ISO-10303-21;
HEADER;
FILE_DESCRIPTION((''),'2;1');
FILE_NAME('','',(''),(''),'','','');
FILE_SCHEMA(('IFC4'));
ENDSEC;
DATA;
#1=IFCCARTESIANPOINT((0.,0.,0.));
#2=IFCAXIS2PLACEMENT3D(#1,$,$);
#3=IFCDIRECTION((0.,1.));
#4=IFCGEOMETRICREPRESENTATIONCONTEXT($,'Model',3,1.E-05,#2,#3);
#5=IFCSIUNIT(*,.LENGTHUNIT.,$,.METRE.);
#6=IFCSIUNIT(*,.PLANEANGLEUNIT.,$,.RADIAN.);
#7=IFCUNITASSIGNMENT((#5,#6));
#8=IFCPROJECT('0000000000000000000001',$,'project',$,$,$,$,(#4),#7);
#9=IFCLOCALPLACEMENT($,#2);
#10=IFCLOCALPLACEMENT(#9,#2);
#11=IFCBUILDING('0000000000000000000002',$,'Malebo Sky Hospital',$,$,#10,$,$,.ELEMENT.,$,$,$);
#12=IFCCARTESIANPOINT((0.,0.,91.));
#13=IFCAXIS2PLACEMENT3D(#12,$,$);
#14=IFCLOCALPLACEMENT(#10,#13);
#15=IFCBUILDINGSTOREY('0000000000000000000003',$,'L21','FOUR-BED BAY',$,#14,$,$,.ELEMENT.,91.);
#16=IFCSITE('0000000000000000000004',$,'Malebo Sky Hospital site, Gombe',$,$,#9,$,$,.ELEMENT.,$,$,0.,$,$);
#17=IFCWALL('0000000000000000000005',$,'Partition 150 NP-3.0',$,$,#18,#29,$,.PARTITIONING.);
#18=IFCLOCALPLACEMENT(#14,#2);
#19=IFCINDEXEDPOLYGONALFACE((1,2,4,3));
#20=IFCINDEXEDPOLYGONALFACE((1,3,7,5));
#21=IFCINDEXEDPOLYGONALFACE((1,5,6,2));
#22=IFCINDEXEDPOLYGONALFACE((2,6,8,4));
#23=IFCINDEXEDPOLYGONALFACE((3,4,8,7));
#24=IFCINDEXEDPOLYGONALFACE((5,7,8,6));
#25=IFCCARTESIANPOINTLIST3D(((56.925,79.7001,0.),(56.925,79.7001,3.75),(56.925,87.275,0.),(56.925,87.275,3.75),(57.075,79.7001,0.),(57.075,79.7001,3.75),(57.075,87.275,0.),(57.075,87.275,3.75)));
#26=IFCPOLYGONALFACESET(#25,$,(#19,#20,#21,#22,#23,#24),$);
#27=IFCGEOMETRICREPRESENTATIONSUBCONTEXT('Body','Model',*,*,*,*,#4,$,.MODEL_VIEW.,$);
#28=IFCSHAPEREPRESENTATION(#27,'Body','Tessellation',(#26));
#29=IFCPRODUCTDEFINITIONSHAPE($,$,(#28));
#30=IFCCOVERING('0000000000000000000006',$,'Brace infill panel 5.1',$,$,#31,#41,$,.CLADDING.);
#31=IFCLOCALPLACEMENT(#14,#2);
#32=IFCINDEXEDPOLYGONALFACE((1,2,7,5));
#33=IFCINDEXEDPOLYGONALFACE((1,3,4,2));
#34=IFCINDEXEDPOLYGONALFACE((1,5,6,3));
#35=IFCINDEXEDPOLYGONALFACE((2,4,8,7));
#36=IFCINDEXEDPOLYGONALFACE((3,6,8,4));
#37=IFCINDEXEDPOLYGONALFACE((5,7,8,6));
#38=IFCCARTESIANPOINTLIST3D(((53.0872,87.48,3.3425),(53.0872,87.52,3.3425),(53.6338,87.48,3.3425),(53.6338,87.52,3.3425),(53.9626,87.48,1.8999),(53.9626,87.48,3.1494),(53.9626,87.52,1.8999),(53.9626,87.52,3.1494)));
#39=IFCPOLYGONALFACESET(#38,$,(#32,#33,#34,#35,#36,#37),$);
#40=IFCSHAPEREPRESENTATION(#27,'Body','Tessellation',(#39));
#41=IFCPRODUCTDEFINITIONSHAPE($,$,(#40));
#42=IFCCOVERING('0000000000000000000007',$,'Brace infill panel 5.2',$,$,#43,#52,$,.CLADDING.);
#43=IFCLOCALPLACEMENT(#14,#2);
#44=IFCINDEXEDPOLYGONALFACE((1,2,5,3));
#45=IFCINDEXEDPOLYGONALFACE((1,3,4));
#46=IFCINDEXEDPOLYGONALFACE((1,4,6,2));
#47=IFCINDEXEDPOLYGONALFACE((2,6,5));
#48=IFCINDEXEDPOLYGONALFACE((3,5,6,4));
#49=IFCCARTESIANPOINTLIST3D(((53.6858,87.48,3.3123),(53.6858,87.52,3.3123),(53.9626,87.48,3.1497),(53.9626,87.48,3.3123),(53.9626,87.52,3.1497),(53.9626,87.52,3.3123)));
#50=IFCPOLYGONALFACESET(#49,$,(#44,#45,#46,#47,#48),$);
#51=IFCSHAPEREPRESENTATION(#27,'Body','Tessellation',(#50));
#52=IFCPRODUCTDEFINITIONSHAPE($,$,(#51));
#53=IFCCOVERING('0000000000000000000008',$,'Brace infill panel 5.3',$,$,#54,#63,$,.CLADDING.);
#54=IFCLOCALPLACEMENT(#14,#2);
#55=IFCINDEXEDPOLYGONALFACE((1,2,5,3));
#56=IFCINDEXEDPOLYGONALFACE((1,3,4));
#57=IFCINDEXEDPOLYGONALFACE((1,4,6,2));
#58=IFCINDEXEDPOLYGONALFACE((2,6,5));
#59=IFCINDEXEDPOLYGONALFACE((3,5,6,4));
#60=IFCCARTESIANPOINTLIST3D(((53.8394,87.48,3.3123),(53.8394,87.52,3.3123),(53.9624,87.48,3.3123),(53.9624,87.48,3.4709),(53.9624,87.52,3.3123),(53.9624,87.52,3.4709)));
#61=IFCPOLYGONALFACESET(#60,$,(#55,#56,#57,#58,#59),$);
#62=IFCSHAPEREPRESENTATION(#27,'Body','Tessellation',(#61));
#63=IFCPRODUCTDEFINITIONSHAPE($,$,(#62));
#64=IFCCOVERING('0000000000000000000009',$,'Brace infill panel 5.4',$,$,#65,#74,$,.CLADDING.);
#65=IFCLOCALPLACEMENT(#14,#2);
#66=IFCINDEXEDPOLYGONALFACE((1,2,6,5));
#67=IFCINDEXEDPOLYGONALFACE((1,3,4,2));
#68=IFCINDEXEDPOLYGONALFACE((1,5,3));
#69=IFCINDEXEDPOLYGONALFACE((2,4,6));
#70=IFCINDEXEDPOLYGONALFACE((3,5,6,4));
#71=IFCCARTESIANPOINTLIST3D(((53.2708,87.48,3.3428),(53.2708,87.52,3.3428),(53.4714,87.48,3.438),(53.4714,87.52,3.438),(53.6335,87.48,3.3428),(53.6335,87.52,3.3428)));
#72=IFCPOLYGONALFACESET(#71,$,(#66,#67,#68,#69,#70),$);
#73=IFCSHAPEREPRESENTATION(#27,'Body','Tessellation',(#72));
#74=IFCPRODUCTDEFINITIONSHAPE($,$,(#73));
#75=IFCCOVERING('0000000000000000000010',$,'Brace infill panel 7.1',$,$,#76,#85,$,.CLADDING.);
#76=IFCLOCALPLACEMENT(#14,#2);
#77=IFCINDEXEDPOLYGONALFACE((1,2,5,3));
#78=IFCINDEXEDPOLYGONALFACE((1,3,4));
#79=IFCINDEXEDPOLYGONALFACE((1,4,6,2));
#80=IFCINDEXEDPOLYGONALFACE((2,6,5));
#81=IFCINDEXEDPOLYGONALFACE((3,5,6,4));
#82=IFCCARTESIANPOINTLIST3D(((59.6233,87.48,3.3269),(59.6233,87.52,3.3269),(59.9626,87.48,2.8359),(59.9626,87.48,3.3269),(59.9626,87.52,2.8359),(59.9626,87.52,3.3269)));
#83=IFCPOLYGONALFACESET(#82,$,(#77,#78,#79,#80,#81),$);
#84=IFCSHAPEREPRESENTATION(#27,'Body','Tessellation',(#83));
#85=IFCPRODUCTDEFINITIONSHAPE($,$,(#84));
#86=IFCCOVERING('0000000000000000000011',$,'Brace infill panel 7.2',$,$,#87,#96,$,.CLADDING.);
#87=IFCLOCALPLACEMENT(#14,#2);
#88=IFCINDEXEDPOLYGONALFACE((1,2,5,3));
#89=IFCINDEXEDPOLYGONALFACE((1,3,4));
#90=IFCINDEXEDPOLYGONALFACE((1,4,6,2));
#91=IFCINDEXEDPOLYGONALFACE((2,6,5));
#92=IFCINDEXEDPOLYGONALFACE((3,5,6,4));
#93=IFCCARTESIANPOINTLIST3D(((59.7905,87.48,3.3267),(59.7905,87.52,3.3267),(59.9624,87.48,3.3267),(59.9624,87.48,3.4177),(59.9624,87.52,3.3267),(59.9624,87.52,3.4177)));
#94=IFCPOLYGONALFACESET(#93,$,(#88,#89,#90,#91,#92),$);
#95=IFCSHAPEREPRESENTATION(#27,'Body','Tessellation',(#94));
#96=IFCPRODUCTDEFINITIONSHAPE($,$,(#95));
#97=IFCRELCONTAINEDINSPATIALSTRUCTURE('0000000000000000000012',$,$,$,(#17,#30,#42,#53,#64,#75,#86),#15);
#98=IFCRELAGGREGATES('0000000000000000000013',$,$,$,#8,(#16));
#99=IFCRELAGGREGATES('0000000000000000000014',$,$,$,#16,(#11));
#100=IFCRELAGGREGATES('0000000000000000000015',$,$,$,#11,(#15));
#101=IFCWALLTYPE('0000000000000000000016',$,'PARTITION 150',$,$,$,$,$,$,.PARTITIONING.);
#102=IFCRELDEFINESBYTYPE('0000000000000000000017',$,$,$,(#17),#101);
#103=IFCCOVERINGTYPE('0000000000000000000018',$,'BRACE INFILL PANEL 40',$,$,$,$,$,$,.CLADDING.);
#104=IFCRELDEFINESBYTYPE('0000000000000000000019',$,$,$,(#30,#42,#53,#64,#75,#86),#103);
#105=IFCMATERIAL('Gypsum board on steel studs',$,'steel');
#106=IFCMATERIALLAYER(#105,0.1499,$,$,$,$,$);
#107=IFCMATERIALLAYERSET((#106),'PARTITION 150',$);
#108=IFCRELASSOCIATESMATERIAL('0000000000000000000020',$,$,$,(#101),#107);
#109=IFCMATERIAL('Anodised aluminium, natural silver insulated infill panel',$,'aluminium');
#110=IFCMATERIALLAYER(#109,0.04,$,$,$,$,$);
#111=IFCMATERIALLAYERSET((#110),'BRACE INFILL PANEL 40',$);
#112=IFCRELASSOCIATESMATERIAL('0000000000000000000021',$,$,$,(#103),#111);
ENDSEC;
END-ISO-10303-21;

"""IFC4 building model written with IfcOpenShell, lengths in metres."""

from ifc_helpers import new_model, si_unit, direction, frame, frame_2d, origin, place, context, subcontext, project, spatial, polyline, rectangle, outline, extrude, material, layer, layer_set, type_object, element, save


model = new_model("IFC4")

# Units and contexts
model_context = context("Model", 3, precision=1e-05, world=origin(), true_north=direction((0.0, 1.0)))
body_context = subcontext(model_context, "Body", "Model", "MODEL_VIEW")
ifc_project = project(units=[si_unit("LENGTHUNIT", "METRE"), si_unit("PLANEANGLEUNIT", "RADIAN")], contexts=[model_context])

# Site, building, storey
site_placement = place(None, origin())
site = spatial("IfcSite", under=ifc_project, at=site_placement, Name="Malebo Sky Hospital site, Gombe", CompositionType="ELEMENT", RefElevation=0.0)
building_placement = place(site_placement, origin())
building = spatial("IfcBuilding", under=site, at=building_placement, Name="Malebo Sky Hospital", CompositionType="ELEMENT")
storey_placement = place(building_placement, frame((0.0, 0.0, 91.0)))
storey = spatial("IfcBuildingStorey", under=building, at=storey_placement, Name="L21", Description="FOUR-BED BAY", CompositionType="ELEMENT", Elevation=91.0)

# Wall
ifc_material_1 = material(Name="Gypsum board on steel studs", Category="steel")
ifc_layer_1 = layer(ifc_material_1, 0.1499)
ifc_layer_set_1 = layer_set([ifc_layer_1], Name="PARTITION 150")
wall_type = type_object("IfcWallType", Name="PARTITION 150", PredefinedType="PARTITIONING", material=ifc_layer_set_1)
wall_placement = place(storey_placement, frame((57.0, 79.7, 0.0), z_axis=(0.0, 0.0, 1.0), x_axis=(0.0, 1.0, 0.0)))
element("IfcWall", 1, at=wall_placement, inside=storey, type_object=wall_type, Name="Partition 150 NP-3.0", PredefinedType="PARTITIONING", context=body_context, shape_type="SweptSolid", body=[
    extrude(rectangle(XDim=7.575, YDim=0.1499, at=frame_2d((3.7876, 0.0))), origin(), (0.0, 0.0, 1.0), 3.75),
])

# Coverings
ifc_material_2 = material(Name="Anodised aluminium, natural silver insulated infill panel", Category="aluminium")
ifc_layer_2 = layer(ifc_material_2, 0.04)
ifc_layer_set_2 = layer_set([ifc_layer_2], Name="BRACE INFILL PANEL 40")
covering_type = type_object("IfcCoveringType", Name="BRACE INFILL PANEL 40", PredefinedType="CLADDING", material=ifc_layer_set_2)
covering_1_placement = place(storey_placement, frame((53.5249, 87.5, 1.8999), z_axis=(0.0, 0.0, 1.0), x_axis=(1.0, 0.0, 0.0)))
element("IfcCovering", 2, at=covering_1_placement, inside=storey, type_object=covering_type, Name="Brace infill panel 5.1", PredefinedType="CLADDING", context=body_context, shape_type="SweptSolid", body=[
    extrude(outline(polyline([(0.4377, 0.0), (0.4377, 1.2495), (0.1089, 1.4426), (-0.4377, 1.4426), (0.4377, 0.0)])), frame((0.0, 0.02, 0.0), z_axis=(0.0, -1.0, 0.0), x_axis=(1.0, 0.0, 0.0)), (0.0, 0.0, 1.0), 0.04),
])
covering_2_placement = place(storey_placement, frame((53.8242, 87.5, 3.1497), z_axis=(0.0, 0.0, 1.0), x_axis=(1.0, 0.0, 0.0)))
element("IfcCovering", 3, at=covering_2_placement, inside=storey, type_object=covering_type, Name="Brace infill panel 5.2", PredefinedType="CLADDING", context=body_context, shape_type="SweptSolid", body=[
    extrude(outline(polyline([(0.1384, 0.0), (0.1384, 0.1626), (-0.1384, 0.1626), (0.1384, 0.0)])), frame((0.0, 0.02, 0.0), z_axis=(0.0, -1.0, 0.0), x_axis=(1.0, 0.0, 0.0)), (0.0, 0.0, 1.0), 0.04),
])
covering_3_placement = place(storey_placement, frame((53.9009, 87.5, 3.3123), z_axis=(0.0, 0.0, 1.0), x_axis=(1.0, 0.0, 0.0)))
element("IfcCovering", 4, at=covering_3_placement, inside=storey, type_object=covering_type, Name="Brace infill panel 5.3", PredefinedType="CLADDING", context=body_context, shape_type="SweptSolid", body=[
    extrude(outline(polyline([(-0.0615, 0.0), (0.0615, 0.0), (0.0615, 0.1587), (-0.0615, 0.0)])), frame((0.0, 0.02, 0.0), z_axis=(0.0, -1.0, 0.0), x_axis=(1.0, 0.0, 0.0)), (0.0, 0.0, 1.0), 0.04),
])
covering_4_placement = place(storey_placement, frame((53.4521, 87.5, 3.3428), z_axis=(0.0, 0.0, 1.0), x_axis=(1.0, 0.0, 0.0)))
element("IfcCovering", 5, at=covering_4_placement, inside=storey, type_object=covering_type, Name="Brace infill panel 5.4", PredefinedType="CLADDING", context=body_context, shape_type="SweptSolid", body=[
    extrude(outline(polyline([(-0.1814, 0.0), (0.1814, 0.0), (0.0193, 0.0952), (-0.1814, 0.0)])), frame((0.0, 0.02, 0.0), z_axis=(0.0, -1.0, 0.0), x_axis=(1.0, 0.0, 0.0)), (0.0, 0.0, 1.0), 0.04),
])
covering_5_placement = place(storey_placement, frame((59.793, 87.5, 2.8359), z_axis=(0.0, 0.0, 1.0), x_axis=(1.0, 0.0, 0.0)))
element("IfcCovering", 6, at=covering_5_placement, inside=storey, type_object=covering_type, Name="Brace infill panel 7.1", PredefinedType="CLADDING", context=body_context, shape_type="SweptSolid", body=[
    extrude(outline(polyline([(0.1697, 0.0), (0.1697, 0.491), (-0.1697, 0.491), (0.1697, 0.0)])), frame((0.0, 0.02, 0.0), z_axis=(0.0, -1.0, 0.0), x_axis=(1.0, 0.0, 0.0)), (0.0, 0.0, 1.0), 0.04),
])
covering_6_placement = place(storey_placement, frame((59.8765, 87.5, 3.3267), z_axis=(0.0, 0.0, 1.0), x_axis=(1.0, 0.0, 0.0)))
element("IfcCovering", 7, at=covering_6_placement, inside=storey, type_object=covering_type, Name="Brace infill panel 7.2", PredefinedType="CLADDING", context=body_context, shape_type="SweptSolid", body=[
    extrude(outline(polyline([(-0.0859, 0.0), (0.0859, 0.0), (0.0859, 0.0911), (-0.0859, 0.0)])), frame((0.0, 0.02, 0.0), z_axis=(0.0, -1.0, 0.0), x_axis=(1.0, 0.0, 0.0)), (0.0, 0.0, 1.0), 0.04),
])

save(model, "model.ifc")
